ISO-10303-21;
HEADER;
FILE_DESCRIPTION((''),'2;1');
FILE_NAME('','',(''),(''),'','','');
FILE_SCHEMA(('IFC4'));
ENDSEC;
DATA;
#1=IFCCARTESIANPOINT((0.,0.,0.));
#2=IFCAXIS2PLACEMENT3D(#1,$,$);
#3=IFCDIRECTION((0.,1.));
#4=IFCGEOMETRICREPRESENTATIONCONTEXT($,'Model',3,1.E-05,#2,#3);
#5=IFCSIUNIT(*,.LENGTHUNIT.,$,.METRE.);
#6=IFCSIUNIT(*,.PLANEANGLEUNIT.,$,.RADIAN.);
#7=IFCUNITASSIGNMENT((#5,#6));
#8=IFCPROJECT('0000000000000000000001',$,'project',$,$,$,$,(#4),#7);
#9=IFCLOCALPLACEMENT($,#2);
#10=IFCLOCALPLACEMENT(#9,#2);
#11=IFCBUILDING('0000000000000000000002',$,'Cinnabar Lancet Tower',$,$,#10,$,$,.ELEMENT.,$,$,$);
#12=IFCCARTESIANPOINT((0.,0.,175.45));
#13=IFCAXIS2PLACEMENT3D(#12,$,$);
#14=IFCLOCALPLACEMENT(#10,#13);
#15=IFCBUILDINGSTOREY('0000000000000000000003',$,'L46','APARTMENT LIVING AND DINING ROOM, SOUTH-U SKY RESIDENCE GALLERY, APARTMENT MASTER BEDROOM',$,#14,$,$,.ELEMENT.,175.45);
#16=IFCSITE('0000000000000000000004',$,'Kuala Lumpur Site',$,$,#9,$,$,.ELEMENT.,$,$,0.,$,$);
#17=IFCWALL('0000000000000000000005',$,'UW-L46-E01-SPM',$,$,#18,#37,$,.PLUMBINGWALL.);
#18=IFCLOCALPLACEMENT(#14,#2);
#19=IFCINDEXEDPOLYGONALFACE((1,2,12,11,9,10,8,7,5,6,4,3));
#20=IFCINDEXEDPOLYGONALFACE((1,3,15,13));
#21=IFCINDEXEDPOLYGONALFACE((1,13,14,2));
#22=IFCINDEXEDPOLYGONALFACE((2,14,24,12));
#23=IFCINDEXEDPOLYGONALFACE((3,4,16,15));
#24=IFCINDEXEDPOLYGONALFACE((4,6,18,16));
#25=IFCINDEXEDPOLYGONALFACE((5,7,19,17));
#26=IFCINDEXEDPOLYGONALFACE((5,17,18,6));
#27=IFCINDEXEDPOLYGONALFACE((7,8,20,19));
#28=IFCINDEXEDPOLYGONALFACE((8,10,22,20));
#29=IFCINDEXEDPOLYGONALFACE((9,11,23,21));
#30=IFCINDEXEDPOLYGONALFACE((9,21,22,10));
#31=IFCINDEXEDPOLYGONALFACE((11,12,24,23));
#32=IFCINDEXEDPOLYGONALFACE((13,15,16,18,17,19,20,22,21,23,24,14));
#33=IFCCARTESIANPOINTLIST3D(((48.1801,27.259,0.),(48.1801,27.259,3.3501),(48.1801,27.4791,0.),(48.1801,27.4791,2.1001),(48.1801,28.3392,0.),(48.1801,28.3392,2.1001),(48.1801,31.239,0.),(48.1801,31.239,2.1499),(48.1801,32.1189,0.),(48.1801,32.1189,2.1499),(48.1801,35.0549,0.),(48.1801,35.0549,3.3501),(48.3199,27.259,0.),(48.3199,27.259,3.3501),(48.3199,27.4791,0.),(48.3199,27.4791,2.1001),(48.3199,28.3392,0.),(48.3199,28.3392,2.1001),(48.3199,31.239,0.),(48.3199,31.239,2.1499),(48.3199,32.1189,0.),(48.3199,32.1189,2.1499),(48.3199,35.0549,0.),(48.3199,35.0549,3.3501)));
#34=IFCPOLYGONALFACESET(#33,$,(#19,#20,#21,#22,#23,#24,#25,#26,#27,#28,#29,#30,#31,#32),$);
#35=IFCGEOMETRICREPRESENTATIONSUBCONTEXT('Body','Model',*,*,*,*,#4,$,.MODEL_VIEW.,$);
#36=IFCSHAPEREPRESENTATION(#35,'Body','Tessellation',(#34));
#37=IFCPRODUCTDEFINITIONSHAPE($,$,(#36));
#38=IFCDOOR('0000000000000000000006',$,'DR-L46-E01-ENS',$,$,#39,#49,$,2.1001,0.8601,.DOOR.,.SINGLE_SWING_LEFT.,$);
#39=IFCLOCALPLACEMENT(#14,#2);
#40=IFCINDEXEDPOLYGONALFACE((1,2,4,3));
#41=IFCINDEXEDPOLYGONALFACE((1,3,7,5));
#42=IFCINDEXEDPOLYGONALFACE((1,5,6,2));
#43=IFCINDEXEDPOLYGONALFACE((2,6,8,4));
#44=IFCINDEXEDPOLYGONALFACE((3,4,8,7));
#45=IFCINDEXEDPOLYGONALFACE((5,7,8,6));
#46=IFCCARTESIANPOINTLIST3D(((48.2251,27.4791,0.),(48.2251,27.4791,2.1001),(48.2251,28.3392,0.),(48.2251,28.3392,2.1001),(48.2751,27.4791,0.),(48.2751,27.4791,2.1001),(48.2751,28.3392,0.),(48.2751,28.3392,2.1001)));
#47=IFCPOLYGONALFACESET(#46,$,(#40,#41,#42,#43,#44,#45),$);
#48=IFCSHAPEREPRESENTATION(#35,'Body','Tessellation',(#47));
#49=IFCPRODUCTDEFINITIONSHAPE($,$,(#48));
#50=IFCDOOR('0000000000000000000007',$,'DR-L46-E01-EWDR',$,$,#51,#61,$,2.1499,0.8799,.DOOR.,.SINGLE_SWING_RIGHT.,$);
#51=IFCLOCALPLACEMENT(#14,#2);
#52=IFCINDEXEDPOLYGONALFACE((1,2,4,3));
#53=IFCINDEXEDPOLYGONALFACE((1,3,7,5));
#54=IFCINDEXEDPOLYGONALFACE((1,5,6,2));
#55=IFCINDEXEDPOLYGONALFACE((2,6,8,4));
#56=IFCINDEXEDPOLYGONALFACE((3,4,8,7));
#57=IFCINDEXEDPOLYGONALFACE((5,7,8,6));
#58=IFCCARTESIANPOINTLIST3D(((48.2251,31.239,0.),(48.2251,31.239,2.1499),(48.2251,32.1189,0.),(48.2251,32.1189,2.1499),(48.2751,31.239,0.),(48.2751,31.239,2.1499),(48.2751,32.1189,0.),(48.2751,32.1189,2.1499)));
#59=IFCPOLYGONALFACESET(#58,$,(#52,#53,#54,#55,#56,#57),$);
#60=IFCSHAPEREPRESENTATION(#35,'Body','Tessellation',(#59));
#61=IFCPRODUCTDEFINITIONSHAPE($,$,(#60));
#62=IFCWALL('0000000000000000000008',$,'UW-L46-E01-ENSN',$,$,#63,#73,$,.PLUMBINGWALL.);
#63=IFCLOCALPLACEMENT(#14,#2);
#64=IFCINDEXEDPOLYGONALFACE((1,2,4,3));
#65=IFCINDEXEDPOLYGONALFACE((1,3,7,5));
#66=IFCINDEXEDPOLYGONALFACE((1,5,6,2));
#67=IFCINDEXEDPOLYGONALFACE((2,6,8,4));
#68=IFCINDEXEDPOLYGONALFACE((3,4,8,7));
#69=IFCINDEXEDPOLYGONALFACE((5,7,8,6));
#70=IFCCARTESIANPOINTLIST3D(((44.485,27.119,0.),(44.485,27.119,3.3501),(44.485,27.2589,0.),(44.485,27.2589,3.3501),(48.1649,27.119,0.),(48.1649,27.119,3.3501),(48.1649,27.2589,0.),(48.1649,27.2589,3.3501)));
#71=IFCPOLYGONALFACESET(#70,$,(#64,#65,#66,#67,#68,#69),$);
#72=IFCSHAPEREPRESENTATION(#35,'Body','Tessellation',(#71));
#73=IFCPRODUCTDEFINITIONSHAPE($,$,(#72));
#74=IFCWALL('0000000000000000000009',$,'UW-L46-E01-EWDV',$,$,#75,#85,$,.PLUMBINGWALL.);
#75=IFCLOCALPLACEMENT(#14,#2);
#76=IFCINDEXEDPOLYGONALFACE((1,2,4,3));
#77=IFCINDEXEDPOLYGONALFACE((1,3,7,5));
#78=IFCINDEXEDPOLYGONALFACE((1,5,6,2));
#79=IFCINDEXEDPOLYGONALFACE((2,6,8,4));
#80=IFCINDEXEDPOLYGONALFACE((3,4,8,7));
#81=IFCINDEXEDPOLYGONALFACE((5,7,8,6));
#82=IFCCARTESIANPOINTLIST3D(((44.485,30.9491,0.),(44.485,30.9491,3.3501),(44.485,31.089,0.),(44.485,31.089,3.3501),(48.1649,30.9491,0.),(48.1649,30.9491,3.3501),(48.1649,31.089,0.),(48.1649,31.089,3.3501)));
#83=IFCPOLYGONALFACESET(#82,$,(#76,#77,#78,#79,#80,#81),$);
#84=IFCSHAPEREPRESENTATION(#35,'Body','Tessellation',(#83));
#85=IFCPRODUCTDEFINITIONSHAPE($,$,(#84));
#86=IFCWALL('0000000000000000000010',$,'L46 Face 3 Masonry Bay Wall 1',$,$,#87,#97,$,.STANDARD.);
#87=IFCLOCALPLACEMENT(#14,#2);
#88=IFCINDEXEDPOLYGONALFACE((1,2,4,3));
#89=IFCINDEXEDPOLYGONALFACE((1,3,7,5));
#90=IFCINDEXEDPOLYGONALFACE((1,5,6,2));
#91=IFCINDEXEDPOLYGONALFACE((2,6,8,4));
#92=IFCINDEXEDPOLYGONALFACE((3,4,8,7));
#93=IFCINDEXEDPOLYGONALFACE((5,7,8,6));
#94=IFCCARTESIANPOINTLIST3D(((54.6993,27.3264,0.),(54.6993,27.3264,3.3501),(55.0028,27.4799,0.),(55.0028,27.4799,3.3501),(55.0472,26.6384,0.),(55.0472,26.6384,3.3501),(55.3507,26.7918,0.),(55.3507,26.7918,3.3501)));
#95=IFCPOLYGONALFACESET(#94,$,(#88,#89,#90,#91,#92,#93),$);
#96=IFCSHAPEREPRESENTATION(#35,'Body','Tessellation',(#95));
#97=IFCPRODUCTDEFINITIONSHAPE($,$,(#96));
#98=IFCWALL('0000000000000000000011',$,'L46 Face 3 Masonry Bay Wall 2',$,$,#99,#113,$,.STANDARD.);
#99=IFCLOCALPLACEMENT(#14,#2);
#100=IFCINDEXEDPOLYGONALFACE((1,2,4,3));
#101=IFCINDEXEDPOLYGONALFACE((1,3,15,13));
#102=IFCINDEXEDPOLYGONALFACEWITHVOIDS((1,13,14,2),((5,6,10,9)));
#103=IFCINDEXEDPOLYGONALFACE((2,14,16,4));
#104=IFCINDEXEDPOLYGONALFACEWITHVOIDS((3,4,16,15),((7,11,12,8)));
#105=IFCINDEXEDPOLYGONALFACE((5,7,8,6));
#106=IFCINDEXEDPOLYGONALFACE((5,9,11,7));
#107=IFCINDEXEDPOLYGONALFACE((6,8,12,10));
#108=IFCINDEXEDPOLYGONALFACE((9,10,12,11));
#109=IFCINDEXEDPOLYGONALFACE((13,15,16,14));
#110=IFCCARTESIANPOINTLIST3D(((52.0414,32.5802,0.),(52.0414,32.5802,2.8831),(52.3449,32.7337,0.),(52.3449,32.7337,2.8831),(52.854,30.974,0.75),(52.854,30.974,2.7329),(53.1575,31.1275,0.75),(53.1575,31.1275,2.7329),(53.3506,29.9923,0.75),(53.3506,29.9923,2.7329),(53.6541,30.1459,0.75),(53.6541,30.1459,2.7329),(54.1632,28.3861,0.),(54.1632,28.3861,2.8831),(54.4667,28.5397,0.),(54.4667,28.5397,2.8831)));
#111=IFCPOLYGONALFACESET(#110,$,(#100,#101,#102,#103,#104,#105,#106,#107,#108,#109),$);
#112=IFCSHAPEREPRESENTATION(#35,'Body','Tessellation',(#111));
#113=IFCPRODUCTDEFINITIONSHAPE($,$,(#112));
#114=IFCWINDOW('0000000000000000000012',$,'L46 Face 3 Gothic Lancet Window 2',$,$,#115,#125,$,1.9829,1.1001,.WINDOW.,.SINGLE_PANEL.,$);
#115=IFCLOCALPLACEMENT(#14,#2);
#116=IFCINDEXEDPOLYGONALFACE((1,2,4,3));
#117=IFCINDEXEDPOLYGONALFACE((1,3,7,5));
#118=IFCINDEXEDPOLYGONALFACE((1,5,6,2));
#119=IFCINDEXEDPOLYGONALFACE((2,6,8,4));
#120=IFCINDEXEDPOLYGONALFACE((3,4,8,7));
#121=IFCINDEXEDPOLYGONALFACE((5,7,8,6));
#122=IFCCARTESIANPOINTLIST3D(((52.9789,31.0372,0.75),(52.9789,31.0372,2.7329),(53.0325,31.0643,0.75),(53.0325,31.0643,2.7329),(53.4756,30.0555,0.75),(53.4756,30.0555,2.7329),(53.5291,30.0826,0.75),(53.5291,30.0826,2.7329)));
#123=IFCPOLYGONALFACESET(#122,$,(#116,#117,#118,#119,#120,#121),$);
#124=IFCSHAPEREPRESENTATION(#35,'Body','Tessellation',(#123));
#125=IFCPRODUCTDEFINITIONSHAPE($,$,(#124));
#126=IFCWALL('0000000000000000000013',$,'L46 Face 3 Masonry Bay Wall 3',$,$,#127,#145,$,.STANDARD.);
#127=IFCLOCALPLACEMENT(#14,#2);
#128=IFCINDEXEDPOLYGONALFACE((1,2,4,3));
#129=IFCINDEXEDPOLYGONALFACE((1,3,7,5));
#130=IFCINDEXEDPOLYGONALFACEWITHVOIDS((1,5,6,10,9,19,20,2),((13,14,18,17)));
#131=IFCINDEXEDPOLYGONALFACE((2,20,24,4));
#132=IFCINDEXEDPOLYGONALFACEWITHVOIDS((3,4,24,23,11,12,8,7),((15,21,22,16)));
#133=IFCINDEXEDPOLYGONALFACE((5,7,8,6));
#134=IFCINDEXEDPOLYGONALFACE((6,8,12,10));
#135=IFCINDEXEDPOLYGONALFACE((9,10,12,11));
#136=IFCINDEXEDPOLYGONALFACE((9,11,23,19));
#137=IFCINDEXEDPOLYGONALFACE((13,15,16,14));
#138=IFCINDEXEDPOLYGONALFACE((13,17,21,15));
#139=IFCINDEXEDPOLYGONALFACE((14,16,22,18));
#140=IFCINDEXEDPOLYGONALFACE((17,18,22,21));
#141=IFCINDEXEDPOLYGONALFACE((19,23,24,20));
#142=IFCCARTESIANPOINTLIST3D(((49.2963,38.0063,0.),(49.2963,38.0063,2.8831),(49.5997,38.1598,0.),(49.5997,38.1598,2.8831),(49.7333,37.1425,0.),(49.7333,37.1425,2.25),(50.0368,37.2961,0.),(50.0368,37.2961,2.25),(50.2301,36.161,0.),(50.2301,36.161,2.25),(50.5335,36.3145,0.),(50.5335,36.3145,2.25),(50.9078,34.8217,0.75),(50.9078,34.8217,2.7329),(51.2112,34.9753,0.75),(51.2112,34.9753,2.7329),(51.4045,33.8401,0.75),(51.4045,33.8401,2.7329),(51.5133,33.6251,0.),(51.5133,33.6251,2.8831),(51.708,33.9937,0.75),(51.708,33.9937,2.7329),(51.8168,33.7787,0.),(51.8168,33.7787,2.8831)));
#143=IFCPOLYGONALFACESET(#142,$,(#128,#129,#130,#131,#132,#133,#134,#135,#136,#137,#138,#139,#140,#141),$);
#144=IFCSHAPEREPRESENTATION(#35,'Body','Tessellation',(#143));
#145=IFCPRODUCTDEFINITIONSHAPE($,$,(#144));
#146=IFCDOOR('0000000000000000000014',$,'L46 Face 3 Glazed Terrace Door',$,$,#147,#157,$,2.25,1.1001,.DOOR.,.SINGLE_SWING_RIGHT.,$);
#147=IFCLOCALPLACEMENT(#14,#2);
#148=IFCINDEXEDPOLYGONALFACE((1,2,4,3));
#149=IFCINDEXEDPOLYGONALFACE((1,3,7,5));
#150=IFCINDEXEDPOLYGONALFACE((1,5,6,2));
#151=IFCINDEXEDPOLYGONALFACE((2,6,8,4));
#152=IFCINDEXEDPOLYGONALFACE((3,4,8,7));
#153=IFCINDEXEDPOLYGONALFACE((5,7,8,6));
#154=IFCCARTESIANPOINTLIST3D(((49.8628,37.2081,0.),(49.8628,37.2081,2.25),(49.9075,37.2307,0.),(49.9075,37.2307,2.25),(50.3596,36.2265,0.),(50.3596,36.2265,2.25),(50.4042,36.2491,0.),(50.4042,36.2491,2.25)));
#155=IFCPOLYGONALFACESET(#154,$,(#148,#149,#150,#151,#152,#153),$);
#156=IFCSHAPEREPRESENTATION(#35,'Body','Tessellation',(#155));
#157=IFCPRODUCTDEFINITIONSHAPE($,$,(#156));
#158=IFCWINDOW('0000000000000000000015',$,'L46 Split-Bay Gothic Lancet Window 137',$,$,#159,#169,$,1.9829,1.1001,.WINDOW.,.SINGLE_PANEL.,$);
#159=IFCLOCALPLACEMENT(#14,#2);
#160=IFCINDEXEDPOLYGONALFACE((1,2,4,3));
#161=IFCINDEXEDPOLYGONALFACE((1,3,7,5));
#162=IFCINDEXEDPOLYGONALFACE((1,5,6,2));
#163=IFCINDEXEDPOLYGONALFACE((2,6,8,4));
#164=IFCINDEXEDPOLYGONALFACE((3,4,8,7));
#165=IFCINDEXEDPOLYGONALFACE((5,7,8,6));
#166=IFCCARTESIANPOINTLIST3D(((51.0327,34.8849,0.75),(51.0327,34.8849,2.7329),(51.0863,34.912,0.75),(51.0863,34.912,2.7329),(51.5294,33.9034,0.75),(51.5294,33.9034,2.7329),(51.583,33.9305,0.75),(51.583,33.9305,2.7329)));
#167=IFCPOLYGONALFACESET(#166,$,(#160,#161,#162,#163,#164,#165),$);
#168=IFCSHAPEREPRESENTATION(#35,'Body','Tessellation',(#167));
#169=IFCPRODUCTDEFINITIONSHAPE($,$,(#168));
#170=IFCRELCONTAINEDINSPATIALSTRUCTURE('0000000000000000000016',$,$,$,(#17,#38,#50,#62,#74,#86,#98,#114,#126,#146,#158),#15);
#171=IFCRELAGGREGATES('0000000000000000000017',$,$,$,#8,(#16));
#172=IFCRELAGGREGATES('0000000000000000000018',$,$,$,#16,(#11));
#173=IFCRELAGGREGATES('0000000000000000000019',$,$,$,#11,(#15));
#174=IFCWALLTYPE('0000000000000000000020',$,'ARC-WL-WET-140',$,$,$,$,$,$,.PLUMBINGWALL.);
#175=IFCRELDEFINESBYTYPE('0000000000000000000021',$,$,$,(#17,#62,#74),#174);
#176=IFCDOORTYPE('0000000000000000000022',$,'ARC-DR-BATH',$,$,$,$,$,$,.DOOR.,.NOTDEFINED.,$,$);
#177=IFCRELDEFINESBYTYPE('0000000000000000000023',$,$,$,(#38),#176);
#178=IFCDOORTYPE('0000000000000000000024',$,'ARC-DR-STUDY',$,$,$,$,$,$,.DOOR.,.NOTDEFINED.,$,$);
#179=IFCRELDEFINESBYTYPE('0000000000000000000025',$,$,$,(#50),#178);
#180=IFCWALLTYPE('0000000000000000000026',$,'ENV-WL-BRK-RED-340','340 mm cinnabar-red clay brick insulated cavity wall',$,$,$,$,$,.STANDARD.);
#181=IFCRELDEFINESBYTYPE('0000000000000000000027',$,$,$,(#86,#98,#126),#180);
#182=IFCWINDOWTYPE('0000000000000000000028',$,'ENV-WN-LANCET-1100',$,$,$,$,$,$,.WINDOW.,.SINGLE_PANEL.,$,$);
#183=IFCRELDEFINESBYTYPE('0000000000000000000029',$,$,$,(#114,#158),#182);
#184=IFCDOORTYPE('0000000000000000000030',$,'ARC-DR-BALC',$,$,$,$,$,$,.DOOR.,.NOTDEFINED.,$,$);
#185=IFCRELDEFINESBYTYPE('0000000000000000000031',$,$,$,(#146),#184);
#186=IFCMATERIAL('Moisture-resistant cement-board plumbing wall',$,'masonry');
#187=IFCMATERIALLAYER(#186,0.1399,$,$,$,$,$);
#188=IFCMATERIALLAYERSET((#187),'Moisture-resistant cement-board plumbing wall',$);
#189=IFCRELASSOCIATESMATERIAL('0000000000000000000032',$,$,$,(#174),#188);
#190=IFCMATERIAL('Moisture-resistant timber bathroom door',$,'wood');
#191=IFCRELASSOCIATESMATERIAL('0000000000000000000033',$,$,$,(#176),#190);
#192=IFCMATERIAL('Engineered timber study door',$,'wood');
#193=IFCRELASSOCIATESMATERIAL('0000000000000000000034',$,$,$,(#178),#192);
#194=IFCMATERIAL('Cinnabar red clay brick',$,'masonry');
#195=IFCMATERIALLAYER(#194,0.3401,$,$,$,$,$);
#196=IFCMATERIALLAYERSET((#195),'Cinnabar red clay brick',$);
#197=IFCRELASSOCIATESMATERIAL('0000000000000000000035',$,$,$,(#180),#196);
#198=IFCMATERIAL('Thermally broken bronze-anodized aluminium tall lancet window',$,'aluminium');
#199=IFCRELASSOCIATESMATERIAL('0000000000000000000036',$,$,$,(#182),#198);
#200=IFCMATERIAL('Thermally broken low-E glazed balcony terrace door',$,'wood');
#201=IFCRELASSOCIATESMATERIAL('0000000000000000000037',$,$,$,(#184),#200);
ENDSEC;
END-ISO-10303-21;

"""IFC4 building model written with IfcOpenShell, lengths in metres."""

from ifc_helpers import new_model, si_unit, direction, frame, frame_2d, origin, place, context, subcontext, project, spatial, rectangle, extrude, material, layer, layer_set, type_object, element, fill, save


model = new_model("IFC4")

# Units and contexts
model_context = context("Model", 3, precision=1e-05, world=origin(), true_north=direction((0.0, 1.0)))
body_context = subcontext(model_context, "Body", "Model", "MODEL_VIEW")
ifc_project = project(units=[si_unit("LENGTHUNIT", "METRE"), si_unit("PLANEANGLEUNIT", "RADIAN")], contexts=[model_context])

# Site, building, storey
site_placement = place(None, origin())
site = spatial("IfcSite", under=ifc_project, at=site_placement, Name="Kuala Lumpur Site", CompositionType="ELEMENT", RefElevation=0.0)
building_placement = place(site_placement, origin())
building = spatial("IfcBuilding", under=site, at=building_placement, Name="Cinnabar Lancet Tower", CompositionType="ELEMENT")
storey_placement = place(building_placement, frame((0.0, 0.0, 175.45)))
storey = spatial("IfcBuildingStorey", under=building, at=storey_placement, Name="L46", Description="APARTMENT LIVING AND DINING ROOM, SOUTH-U SKY RESIDENCE GALLERY, APARTMENT MASTER BEDROOM", CompositionType="ELEMENT", Elevation=175.45)

# Wall, openings, doors
ifc_material_1 = material(Name="Moisture-resistant cement-board plumbing wall", Category="masonry")
ifc_layer_1 = layer(ifc_material_1, 0.1399)
ifc_layer_set_1 = layer_set([ifc_layer_1], Name="Moisture-resistant cement-board plumbing wall")
wall_type_1 = type_object("IfcWallType", Name="ARC-WL-WET-140", PredefinedType="PLUMBINGWALL", material=ifc_layer_set_1)
wall_1_placement = place(storey_placement, frame((48.25, 27.259, 0.0), z_axis=(0.0, 0.0, 1.0), x_axis=(0.0, 1.0, 0.0)))
wall_1 = element("IfcWall", 1, at=wall_1_placement, inside=storey, type_object=wall_type_1, Name="UW-L46-E01-SPM", PredefinedType="PLUMBINGWALL", context=body_context, shape_type="SweptSolid", body=[
    extrude(rectangle(XDim=7.7959, YDim=0.1399, at=frame_2d((3.8979, 0.0))), origin(), (0.0, 0.0, 1.0), 3.3501),
])
opening_1_placement = place(wall_1_placement, frame((0.22, 0.0, 0.0)))
opening_1 = element("IfcOpeningElement", 2, at=opening_1_placement, cuts=wall_1, PredefinedType="OPENING", context=body_context, shape_type="SweptSolid", body=[
    extrude(rectangle(XDim=0.8601, YDim=2.1001, at=frame_2d((0.4302, 1.05))), frame((0.0, 0.0798, 0.0), z_axis=(0.0, -1.0, 0.0), x_axis=(1.0, 0.0, 0.0)), (0.0, 0.0, 1.0), 0.1599),
])
opening_2_placement = place(wall_1_placement, frame((3.98, 0.0, 0.0)))
opening_2 = element("IfcOpeningElement", 3, at=opening_2_placement, cuts=wall_1, PredefinedType="OPENING", context=body_context, shape_type="SweptSolid", body=[
    extrude(rectangle(XDim=0.8799, YDim=2.1499, at=frame_2d((0.4399, 1.075))), frame((0.0, 0.0798, 0.0), z_axis=(0.0, -1.0, 0.0), x_axis=(1.0, 0.0, 0.0)), (0.0, 0.0, 1.0), 0.1599),
])
ifc_material_2 = material(Name="Moisture-resistant timber bathroom door", Category="wood")
door_type_1 = type_object("IfcDoorType", Name="ARC-DR-BATH", OperationType="NOTDEFINED", PredefinedType="DOOR", material=ifc_material_2)
door_1_placement = place(opening_1_placement, origin())
door_1 = element("IfcDoor", 4, at=door_1_placement, inside=storey, type_object=door_type_1, Name="DR-L46-E01-ENS", OperationType="SINGLE_SWING_LEFT", OverallHeight=2.1001, OverallWidth=0.8601, PredefinedType="DOOR", context=body_context, shape_type="SweptSolid", body=[
    extrude(rectangle(XDim=0.8601, YDim=2.1001, at=frame_2d((0.4302, 1.05))), frame((0.0, 0.0249, 0.0), z_axis=(0.0, -1.0, 0.0), x_axis=(1.0, 0.0, 0.0)), (0.0, 0.0, 1.0), 0.05),
])
fill(opening_1, door_1)
ifc_material_3 = material(Name="Engineered timber study door", Category="wood")
door_type_2 = type_object("IfcDoorType", Name="ARC-DR-STUDY", OperationType="NOTDEFINED", PredefinedType="DOOR", material=ifc_material_3)
door_2_placement = place(opening_2_placement, origin())
door_2 = element("IfcDoor", 5, at=door_2_placement, inside=storey, type_object=door_type_2, Name="DR-L46-E01-EWDR", OperationType="SINGLE_SWING_RIGHT", OverallHeight=2.1499, OverallWidth=0.8799, PredefinedType="DOOR", context=body_context, shape_type="SweptSolid", body=[
    extrude(rectangle(XDim=0.8799, YDim=2.1499, at=frame_2d((0.4399, 1.075))), frame((0.0, 0.0249, 0.0), z_axis=(0.0, -1.0, 0.0), x_axis=(1.0, 0.0, 0.0)), (0.0, 0.0, 1.0), 0.05),
])
fill(opening_2, door_2)

# Walls
for number, where, z_axis, x_axis, name in (
    (6, (44.4851, 27.189, 0.0), (0.0, 0.0, 1.0), (1.0, 0.0, 0.0), "UW-L46-E01-ENSN"),
    (7, (44.4851, 31.019, 0.0), (0.0, 0.0, 1.0), (1.0, 0.0, 0.0), "UW-L46-E01-EWDV"),
):
    element("IfcWall", number, at=place(storey_placement, frame(where, z_axis=z_axis, x_axis=x_axis)), inside=storey, type_object=wall_type_1, Name=name, PredefinedType="PLUMBINGWALL", context=body_context, shape_type="SweptSolid", body=[
        extrude(rectangle(XDim=3.6799, YDim=0.1399, at=frame_2d((1.8398, 0.0))), origin(), (0.0, 0.0, 1.0), 3.3501),
    ])
ifc_material_4 = material(Name="Cinnabar red clay brick", Category="masonry")
ifc_layer_2 = layer(ifc_material_4, 0.3401)
ifc_layer_set_2 = layer_set([ifc_layer_2], Name="Cinnabar red clay brick")
wall_type_2 = type_object("IfcWallType", Name="ENV-WL-BRK-RED-340", Description="340 mm cinnabar-red clay brick insulated cavity wall", PredefinedType="STANDARD", material=ifc_layer_set_2)
wall_2_placement = place(storey_placement, frame((55.199, 26.7151, 0.0), z_axis=(0.0, 0.0, 1.0), x_axis=(-0.451262, 0.892391, 0.0)))
element("IfcWall", 8, at=wall_2_placement, inside=storey, type_object=wall_type_2, Name="L46 Face 3 Masonry Bay Wall 1", PredefinedType="STANDARD", context=body_context, shape_type="SweptSolid", body=[
    extrude(rectangle(XDim=0.771, YDim=0.3401, at=frame_2d((0.3855, 0.0))), origin(), (0.0, 0.0, 1.0), 3.3501),
])

# Wall, opening, window
wall_3_placement = place(storey_placement, frame((54.3149, 28.4629, 0.0), z_axis=(0.0, 0.0, 1.0), x_axis=(-0.451426, 0.892308, 0.0)))
wall_3 = element("IfcWall", 9, at=wall_3_placement, inside=storey, type_object=wall_type_2, Name="L46 Face 3 Masonry Bay Wall 2", PredefinedType="STANDARD", context=body_context, shape_type="SweptSolid", body=[
    extrude(rectangle(XDim=4.7002, YDim=0.3401, at=frame_2d((2.3501, 0.0))), origin(), (0.0, 0.0, 1.0), 2.8831),
])
opening_3_placement = place(wall_3_placement, frame((1.8, 0.0, 0.75)))
opening_3 = element("IfcOpeningElement", 10, at=opening_3_placement, cuts=wall_3, PredefinedType="OPENING", context=body_context, shape_type="SweptSolid", body=[
    extrude(rectangle(XDim=1.1001, YDim=1.9829, at=frame_2d((0.55, 0.9915))), frame((0.0, 0.1799, 0.0), z_axis=(0.0, -1.0, 0.0), x_axis=(1.0, 0.0, 0.0)), (0.0, 0.0, 1.0), 0.3601),
])
ifc_material_5 = material(Name="Thermally broken bronze-anodized aluminium tall lancet window", Category="aluminium")
window_type = type_object("IfcWindowType", Name="ENV-WN-LANCET-1100", PartitioningType="SINGLE_PANEL", PredefinedType="WINDOW", material=ifc_material_5)
window_1_placement = place(opening_3_placement, origin())
window_1 = element("IfcWindow", 11, at=window_1_placement, inside=storey, type_object=window_type, Name="L46 Face 3 Gothic Lancet Window 2", OverallHeight=1.9829, OverallWidth=1.1001, PartitioningType="SINGLE_PANEL", PredefinedType="WINDOW", context=body_context, shape_type="SweptSolid", body=[
    extrude(rectangle(XDim=1.1001, YDim=1.9829, at=frame_2d((0.55, 0.9915))), frame((0.0, 0.03, 0.0), z_axis=(0.0, -1.0, 0.0), x_axis=(1.0, 0.0, 0.0)), (0.0, 0.0, 1.0), 0.0601),
])
fill(opening_3, window_1)

# Wall, openings, door, window
wall_4_placement = place(storey_placement, frame((51.665, 33.7019, 0.0), z_axis=(0.0, 0.0, 1.0), x_axis=(-0.451524, 0.892259, 0.0)))
wall_4 = element("IfcWall", 12, at=wall_4_placement, inside=storey, type_object=wall_type_2, Name="L46 Face 3 Masonry Bay Wall 3", PredefinedType="STANDARD", context=body_context, shape_type="SweptSolid", body=[
    extrude(rectangle(XDim=4.9102, YDim=0.3401, at=frame_2d((2.4551, 0.0))), origin(), (0.0, 0.0, 1.0), 2.8831),
])
opening_4_placement = place(wall_4_placement, frame((2.842, 0.0, 0.0)))
opening_4 = element("IfcOpeningElement", 13, at=opening_4_placement, cuts=wall_4, PredefinedType="OPENING", context=body_context, shape_type="SweptSolid", body=[
    extrude(rectangle(XDim=1.1001, YDim=2.25, at=frame_2d((0.55, 1.125))), frame((0.0, 0.1799, 0.0), z_axis=(0.0, -1.0, 0.0), x_axis=(1.0, 0.0, 0.0)), (0.0, 0.0, 1.0), 0.3601),
])
opening_5_placement = place(wall_4_placement, frame((0.241, 0.0, 0.75)))
opening_5 = element("IfcOpeningElement", 14, at=opening_5_placement, cuts=wall_4, PredefinedType="OPENING", context=body_context, shape_type="SweptSolid", body=[
    extrude(rectangle(XDim=1.1001, YDim=1.9829, at=frame_2d((0.55, 0.9915))), frame((0.0, 0.1799, 0.0), z_axis=(0.0, -1.0, 0.0), x_axis=(1.0, 0.0, 0.0)), (0.0, 0.0, 1.0), 0.3601),
])
ifc_material_6 = material(Name="Thermally broken low-E glazed balcony terrace door", Category="wood")
door_type_3 = type_object("IfcDoorType", Name="ARC-DR-BALC", OperationType="NOTDEFINED", PredefinedType="DOOR", material=ifc_material_6)
door_3_placement = place(opening_4_placement, origin())
door_3 = element("IfcDoor", 15, at=door_3_placement, inside=storey, type_object=door_type_3, Name="L46 Face 3 Glazed Terrace Door", OperationType="SINGLE_SWING_RIGHT", OverallHeight=2.25, OverallWidth=1.1001, PredefinedType="DOOR", context=body_context, shape_type="SweptSolid", body=[
    extrude(rectangle(XDim=1.1001, YDim=2.25, at=frame_2d((0.55, 1.125))), frame((0.0, 0.0249, 0.0), z_axis=(0.0, -1.0, 0.0), x_axis=(1.0, 0.0, 0.0)), (0.0, 0.0, 1.0), 0.05),
])
fill(opening_4, door_3)
window_2_placement = place(opening_5_placement, origin())
window_2 = element("IfcWindow", 16, at=window_2_placement, inside=storey, type_object=window_type, Name="L46 Split-Bay Gothic Lancet Window 137", OverallHeight=1.9829, OverallWidth=1.1001, PartitioningType="SINGLE_PANEL", PredefinedType="WINDOW", context=body_context, shape_type="SweptSolid", body=[
    extrude(rectangle(XDim=1.1001, YDim=1.9829, at=frame_2d((0.55, 0.9915))), frame((0.0, 0.03, 0.0), z_axis=(0.0, -1.0, 0.0), x_axis=(1.0, 0.0, 0.0)), (0.0, 0.0, 1.0), 0.0601),
])
fill(opening_5, window_2)

save(model, "model.ifc")
